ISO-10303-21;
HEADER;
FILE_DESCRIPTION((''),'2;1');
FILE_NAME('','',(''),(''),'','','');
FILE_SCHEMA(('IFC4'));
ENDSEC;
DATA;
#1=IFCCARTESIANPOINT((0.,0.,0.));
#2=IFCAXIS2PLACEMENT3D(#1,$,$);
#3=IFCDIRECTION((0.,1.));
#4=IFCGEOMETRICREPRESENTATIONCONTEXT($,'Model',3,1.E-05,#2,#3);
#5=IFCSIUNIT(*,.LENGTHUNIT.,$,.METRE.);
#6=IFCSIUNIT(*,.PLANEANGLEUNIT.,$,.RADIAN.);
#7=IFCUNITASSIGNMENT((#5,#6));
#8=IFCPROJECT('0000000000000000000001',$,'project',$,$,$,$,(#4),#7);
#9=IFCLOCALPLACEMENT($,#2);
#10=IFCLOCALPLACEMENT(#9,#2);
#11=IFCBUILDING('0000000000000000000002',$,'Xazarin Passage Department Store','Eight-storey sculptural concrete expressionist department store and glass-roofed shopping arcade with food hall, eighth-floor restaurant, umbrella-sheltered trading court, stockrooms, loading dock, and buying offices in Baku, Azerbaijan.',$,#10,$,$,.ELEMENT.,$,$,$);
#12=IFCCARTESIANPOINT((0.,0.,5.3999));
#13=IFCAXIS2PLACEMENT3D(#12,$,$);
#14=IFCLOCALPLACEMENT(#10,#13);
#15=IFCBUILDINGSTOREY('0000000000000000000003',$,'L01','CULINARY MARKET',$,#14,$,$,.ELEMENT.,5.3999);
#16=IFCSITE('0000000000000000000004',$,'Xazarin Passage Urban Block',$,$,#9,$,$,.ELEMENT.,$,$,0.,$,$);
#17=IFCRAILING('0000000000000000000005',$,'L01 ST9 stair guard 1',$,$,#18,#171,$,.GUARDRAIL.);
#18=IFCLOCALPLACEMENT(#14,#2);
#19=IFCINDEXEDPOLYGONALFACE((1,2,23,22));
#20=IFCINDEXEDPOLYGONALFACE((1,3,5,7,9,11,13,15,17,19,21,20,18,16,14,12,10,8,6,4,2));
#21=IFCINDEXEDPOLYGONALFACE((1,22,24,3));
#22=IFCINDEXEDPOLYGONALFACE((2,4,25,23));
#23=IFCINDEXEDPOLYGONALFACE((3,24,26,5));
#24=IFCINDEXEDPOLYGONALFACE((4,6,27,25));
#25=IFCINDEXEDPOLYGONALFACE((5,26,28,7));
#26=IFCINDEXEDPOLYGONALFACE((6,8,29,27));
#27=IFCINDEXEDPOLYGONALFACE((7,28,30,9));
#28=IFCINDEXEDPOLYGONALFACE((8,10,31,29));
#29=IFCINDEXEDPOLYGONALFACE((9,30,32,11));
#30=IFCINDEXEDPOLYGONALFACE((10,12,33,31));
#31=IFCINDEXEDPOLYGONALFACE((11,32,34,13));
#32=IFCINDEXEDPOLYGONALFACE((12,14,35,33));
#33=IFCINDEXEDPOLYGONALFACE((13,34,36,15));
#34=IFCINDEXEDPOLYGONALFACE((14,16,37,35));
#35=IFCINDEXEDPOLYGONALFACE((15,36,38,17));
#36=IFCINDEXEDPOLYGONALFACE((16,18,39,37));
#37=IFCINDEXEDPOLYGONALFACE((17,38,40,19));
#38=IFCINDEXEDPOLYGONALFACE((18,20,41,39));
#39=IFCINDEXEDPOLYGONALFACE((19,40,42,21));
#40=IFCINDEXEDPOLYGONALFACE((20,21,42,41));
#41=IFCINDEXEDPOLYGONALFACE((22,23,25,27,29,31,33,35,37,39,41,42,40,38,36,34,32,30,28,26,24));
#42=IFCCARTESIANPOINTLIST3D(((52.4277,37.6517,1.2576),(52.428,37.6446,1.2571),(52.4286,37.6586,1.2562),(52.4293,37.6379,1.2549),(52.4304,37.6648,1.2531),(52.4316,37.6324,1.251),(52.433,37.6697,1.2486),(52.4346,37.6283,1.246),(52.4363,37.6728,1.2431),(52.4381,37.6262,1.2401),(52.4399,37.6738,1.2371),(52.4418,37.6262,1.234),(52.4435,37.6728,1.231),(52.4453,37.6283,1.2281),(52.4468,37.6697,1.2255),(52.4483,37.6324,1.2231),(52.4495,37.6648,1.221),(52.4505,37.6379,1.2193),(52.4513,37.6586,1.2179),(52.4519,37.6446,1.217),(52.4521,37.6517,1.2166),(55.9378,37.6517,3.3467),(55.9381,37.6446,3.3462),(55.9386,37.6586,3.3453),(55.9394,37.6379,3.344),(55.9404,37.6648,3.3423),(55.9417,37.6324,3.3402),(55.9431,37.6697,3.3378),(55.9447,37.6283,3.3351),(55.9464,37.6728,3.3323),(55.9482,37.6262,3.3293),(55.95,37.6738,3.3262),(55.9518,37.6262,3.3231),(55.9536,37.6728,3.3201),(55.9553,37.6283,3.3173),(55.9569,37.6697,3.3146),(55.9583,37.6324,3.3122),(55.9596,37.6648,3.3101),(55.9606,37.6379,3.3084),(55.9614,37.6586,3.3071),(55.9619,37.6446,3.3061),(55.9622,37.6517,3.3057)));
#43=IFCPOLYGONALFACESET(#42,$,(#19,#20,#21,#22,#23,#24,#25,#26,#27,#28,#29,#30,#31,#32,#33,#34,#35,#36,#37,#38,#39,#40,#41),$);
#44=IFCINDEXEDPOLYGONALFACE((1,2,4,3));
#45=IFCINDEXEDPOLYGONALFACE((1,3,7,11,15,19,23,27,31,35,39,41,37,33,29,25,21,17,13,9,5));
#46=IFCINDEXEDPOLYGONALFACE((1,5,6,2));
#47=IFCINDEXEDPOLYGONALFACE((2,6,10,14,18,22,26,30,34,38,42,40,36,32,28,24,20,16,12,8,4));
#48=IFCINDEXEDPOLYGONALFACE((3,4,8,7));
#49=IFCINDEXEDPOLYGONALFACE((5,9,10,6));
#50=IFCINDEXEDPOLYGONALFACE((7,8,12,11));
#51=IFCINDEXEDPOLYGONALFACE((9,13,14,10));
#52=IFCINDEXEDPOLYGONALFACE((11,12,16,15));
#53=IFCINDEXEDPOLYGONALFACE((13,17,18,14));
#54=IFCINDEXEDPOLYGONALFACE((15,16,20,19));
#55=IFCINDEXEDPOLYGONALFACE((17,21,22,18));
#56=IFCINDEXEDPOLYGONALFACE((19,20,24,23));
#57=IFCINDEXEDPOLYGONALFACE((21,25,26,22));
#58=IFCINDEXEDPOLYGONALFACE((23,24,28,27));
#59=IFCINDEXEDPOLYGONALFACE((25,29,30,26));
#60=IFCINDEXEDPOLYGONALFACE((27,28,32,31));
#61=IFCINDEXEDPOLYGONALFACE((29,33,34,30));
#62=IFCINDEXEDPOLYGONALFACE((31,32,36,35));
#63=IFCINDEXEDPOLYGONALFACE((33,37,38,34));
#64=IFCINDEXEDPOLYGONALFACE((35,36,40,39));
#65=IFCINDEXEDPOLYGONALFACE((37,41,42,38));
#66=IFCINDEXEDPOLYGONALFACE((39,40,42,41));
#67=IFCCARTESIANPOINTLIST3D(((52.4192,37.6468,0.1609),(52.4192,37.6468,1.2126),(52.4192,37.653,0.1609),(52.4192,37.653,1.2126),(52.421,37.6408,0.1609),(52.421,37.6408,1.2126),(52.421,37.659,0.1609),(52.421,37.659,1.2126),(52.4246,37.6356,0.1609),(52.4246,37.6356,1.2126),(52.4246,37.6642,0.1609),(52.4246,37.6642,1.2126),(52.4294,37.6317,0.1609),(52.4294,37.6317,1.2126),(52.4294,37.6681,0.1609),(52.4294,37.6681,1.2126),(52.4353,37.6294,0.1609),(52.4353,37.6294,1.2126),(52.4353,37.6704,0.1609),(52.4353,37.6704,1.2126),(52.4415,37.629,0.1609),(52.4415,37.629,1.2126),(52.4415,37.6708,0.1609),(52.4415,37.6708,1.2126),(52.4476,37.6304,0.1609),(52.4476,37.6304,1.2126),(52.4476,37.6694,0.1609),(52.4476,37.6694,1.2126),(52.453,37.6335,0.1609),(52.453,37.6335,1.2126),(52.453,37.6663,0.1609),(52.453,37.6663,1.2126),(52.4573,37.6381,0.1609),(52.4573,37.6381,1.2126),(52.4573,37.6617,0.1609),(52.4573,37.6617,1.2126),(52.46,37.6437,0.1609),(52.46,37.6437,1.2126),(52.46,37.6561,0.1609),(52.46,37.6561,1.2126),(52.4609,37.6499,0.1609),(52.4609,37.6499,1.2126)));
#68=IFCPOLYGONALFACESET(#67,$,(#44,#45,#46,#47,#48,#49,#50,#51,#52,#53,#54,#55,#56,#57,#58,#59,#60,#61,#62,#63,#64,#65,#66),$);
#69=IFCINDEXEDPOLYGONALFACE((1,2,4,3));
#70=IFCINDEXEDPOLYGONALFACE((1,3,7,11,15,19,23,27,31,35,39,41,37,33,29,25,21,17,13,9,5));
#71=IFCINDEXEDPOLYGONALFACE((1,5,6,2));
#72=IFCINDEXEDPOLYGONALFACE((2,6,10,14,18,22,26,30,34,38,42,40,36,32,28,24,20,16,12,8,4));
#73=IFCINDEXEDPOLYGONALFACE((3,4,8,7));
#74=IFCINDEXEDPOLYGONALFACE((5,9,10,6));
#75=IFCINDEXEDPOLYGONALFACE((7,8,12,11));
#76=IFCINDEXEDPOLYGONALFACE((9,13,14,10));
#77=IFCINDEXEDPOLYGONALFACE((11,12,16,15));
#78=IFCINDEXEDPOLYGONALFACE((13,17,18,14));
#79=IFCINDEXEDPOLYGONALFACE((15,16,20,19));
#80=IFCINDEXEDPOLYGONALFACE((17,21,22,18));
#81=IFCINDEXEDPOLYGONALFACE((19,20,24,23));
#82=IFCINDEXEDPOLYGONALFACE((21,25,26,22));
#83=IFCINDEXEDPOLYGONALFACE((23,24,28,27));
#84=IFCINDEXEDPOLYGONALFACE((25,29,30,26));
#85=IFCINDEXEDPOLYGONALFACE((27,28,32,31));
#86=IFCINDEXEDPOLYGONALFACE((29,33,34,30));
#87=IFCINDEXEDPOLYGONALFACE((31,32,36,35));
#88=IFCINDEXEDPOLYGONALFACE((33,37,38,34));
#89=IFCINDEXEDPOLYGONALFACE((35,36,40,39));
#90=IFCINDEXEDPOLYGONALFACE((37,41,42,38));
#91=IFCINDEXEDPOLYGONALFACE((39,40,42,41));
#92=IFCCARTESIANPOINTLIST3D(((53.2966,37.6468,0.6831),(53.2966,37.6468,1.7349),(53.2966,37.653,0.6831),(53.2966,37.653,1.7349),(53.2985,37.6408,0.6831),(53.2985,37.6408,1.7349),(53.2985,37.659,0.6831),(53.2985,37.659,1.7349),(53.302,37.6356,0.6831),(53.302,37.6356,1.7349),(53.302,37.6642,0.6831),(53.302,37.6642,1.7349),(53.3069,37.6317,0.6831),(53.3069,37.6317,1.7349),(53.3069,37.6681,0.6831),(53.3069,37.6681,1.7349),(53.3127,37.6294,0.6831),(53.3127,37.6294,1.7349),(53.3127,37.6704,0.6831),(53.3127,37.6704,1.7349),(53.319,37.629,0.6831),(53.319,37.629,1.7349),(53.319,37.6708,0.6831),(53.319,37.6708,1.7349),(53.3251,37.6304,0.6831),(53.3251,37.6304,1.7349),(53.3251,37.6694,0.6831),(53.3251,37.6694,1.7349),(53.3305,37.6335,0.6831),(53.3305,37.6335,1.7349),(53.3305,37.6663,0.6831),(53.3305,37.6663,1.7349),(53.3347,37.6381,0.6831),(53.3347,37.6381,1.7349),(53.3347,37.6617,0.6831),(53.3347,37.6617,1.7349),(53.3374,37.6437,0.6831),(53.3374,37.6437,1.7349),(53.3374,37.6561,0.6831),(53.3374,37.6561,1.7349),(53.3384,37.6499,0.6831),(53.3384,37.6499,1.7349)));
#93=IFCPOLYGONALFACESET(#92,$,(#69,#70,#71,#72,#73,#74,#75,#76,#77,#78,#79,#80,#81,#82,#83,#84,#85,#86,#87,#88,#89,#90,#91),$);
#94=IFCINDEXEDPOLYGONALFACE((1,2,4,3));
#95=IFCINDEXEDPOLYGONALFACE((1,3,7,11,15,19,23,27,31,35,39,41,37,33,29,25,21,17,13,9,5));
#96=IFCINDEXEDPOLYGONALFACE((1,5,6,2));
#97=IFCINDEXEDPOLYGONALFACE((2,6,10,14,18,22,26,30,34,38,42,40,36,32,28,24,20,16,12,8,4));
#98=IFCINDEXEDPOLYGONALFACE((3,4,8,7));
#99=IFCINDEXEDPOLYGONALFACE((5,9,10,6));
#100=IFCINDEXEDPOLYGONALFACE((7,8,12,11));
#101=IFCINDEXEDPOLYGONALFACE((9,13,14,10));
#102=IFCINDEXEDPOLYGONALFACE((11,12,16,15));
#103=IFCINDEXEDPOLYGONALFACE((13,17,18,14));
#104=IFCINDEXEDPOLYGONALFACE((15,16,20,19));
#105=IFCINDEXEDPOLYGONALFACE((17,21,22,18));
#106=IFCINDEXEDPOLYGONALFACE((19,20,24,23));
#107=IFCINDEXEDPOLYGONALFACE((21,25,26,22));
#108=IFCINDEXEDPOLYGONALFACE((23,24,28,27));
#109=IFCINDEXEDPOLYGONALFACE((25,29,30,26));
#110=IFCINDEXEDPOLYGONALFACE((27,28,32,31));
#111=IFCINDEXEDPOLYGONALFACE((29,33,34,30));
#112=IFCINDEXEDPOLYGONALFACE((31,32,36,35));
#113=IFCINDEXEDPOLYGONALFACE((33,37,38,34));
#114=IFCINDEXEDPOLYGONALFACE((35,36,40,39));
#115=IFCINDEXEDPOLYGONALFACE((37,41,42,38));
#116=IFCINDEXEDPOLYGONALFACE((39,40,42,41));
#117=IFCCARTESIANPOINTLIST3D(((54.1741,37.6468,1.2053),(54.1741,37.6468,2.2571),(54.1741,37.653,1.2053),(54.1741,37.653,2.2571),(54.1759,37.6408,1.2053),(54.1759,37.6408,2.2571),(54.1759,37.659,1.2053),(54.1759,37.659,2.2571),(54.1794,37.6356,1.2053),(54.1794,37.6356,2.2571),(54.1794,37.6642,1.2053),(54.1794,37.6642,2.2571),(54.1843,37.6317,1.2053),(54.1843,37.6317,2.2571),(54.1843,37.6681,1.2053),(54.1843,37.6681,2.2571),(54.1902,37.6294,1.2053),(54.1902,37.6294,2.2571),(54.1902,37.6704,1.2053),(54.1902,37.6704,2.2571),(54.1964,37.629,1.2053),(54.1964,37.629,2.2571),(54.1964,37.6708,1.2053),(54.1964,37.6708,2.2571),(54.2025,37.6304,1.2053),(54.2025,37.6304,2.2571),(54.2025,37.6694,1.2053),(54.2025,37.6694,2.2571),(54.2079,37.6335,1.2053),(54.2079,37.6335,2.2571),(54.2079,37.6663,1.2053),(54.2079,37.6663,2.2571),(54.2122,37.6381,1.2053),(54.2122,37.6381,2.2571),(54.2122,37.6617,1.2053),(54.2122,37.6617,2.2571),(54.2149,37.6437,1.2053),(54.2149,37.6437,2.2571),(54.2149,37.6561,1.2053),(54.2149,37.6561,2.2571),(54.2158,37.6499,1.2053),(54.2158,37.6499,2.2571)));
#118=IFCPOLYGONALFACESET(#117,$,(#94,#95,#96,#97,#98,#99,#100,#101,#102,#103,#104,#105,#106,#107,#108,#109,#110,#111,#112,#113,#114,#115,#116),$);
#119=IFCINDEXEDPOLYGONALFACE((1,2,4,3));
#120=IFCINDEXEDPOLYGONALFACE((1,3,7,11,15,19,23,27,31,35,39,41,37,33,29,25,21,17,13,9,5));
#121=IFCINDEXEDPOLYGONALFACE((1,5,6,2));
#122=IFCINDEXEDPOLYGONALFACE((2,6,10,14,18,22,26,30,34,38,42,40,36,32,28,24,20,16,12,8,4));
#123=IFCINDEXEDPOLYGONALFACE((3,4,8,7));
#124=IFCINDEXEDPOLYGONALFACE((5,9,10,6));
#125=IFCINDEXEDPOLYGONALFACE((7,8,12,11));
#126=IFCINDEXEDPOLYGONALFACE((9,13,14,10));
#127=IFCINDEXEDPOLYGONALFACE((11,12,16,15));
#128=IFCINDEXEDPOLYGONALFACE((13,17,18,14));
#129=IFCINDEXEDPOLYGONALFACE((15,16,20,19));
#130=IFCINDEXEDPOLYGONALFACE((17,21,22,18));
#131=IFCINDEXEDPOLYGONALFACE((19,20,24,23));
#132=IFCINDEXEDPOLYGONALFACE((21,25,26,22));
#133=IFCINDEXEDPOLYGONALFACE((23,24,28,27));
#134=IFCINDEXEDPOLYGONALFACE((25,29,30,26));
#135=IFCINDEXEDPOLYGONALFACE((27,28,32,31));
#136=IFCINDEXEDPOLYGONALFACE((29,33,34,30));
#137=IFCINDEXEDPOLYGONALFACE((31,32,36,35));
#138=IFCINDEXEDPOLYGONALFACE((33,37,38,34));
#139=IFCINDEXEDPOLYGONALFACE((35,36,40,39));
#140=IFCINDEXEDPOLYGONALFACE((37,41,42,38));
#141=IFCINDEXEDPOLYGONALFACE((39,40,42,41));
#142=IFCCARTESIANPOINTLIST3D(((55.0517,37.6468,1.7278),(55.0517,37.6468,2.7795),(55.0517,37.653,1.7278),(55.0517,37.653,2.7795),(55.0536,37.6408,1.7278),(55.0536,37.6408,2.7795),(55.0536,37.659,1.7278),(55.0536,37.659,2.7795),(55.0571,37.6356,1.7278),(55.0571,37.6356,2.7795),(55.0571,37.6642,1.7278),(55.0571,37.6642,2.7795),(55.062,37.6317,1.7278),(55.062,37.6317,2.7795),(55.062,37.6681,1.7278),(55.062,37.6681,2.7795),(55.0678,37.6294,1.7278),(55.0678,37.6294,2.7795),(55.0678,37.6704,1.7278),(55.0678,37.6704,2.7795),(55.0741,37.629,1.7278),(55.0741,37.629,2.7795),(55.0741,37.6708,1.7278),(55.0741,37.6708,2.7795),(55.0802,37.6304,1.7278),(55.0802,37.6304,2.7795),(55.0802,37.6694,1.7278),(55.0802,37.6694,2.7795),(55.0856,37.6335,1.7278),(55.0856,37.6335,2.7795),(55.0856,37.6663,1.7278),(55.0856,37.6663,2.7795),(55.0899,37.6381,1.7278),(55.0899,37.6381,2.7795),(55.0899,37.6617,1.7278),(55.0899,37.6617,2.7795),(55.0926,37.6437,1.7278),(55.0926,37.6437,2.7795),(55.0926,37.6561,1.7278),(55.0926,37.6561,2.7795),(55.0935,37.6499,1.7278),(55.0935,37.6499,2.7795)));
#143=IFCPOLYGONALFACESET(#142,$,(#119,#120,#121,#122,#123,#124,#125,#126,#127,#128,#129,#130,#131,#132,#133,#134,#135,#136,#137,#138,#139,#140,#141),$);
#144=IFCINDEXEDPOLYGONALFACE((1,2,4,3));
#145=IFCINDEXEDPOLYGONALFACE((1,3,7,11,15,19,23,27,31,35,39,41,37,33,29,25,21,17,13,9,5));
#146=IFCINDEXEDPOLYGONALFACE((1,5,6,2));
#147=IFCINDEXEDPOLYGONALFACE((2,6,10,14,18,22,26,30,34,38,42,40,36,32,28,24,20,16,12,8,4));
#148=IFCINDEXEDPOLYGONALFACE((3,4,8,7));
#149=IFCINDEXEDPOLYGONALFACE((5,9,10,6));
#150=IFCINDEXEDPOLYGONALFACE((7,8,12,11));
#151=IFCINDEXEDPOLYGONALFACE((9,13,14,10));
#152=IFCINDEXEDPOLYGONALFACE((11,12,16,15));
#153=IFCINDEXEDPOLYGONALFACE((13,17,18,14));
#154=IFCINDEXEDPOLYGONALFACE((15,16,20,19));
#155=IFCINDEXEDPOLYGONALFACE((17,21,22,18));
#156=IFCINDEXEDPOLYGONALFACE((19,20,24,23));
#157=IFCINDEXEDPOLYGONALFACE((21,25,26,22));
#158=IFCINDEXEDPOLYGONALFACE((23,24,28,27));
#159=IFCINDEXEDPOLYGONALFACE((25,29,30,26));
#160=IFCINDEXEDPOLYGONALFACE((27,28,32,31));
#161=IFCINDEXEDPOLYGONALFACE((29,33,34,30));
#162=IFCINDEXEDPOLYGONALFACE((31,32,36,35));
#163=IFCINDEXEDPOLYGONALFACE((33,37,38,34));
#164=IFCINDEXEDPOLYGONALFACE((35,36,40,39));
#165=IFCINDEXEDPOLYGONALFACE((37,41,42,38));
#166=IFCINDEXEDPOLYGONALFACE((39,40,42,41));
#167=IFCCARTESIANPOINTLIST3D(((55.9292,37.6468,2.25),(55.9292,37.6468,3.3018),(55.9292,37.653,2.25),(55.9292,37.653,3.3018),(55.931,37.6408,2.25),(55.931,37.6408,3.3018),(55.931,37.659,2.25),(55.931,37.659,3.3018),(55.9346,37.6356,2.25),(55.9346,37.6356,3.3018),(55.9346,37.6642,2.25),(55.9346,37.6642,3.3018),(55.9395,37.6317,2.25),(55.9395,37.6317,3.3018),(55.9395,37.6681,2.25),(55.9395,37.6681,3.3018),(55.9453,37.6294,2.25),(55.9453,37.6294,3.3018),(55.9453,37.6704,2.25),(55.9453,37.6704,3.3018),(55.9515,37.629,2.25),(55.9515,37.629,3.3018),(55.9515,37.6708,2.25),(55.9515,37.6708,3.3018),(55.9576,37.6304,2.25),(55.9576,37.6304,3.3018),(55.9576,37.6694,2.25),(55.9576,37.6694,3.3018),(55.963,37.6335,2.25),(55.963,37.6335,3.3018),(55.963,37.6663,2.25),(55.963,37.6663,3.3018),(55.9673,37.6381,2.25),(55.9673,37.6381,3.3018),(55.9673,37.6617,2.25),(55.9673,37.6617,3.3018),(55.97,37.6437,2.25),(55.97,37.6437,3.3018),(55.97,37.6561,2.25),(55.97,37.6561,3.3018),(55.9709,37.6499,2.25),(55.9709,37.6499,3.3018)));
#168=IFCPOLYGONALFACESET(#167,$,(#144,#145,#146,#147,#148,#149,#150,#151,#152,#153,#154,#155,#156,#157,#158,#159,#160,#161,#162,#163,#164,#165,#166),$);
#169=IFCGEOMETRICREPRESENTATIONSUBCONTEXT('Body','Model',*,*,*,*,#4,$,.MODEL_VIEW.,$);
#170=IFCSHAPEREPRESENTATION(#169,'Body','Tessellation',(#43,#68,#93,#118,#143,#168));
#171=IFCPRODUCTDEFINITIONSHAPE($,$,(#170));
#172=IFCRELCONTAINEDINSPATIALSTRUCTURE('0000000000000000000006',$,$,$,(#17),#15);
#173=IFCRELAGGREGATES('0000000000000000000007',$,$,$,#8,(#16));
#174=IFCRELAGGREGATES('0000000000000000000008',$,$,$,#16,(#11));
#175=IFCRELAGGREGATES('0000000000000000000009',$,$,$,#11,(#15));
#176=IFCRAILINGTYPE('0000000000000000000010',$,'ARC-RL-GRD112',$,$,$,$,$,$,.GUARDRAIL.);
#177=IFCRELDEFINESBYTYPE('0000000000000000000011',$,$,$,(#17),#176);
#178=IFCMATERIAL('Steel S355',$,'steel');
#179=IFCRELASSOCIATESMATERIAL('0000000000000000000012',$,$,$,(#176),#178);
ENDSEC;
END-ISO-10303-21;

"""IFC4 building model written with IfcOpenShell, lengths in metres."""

from ifc_helpers import new_model, si_unit, direction, frame, origin, origin_2d, place, context, subcontext, project, spatial, circle, extrude, material, type_object, element, save


model = new_model("IFC4")

# Units and contexts
model_context = context("Model", 3, precision=1e-05, world=origin(), true_north=direction((0.0, 1.0)))
body_context = subcontext(model_context, "Body", "Model", "MODEL_VIEW")
ifc_project = project(units=[si_unit("LENGTHUNIT", "METRE"), si_unit("PLANEANGLEUNIT", "RADIAN")], contexts=[model_context])

# Site, building, storey
site_placement = place(None, origin())
site = spatial("IfcSite", under=ifc_project, at=site_placement, Name="Xazarin Passage Urban Block", CompositionType="ELEMENT", RefElevation=0.0)
building_placement = place(site_placement, origin())
building = spatial("IfcBuilding", under=site, at=building_placement, Name="Xazarin Passage Department Store", Description="Eight-storey sculptural concrete expressionist department store and glass-roofed shopping arcade with food hall, eighth-floor restaurant, umbrella-sheltered trading court, stockrooms, loading dock, and buying offices in Baku, Azerbaijan.", CompositionType="ELEMENT")
storey_placement = place(building_placement, frame((0.0, 0.0, 5.3999)))
storey = spatial("IfcBuildingStorey", under=building, at=storey_placement, Name="L01", Description="CULINARY MARKET", CompositionType="ELEMENT", Elevation=5.3999)

# Shared definitions
ifc_material_1 = material(Name="Steel S355", Category="steel")

# Railing
railing_type_1 = type_object("IfcRailingType", Name="ARC-RL-GRD112", PredefinedType="GUARDRAIL", material=ifc_material_1)
railing_1_placement = place(storey_placement, frame((52.4399, 37.6499, 0.1609)))
element("IfcRailing", 1, at=railing_1_placement, inside=storey, type_object=railing_type_1, Name="L01 ST9 stair guard 1", PredefinedType="GUARDRAIL", context=body_context, shape_type="SweptSolid", body=[
    extrude(circle(Radius=0.0239, at=origin_2d()), frame((0.0, 0.0, 1.0762), z_axis=(0.859312, 0.0, 0.511451), x_axis=(0.0, 1.0, 0.0)), (0.0, 0.0, 1.0), 4.0847),
    extrude(circle(Radius=0.021, at=origin_2d()), origin(), (0.0, 0.0, 1.0), 1.0518),
    extrude(circle(Radius=0.021, at=origin_2d()), frame((0.8774, 0.0, 0.5222)), (0.0, 0.0, 1.0), 1.0518),
    extrude(circle(Radius=0.021, at=origin_2d()), frame((1.7549, 0.0, 1.0444)), (0.0, 0.0, 1.0), 1.0518),
    extrude(circle(Radius=0.021, at=origin_2d()), frame((2.6326, 0.0, 1.5669)), (0.0, 0.0, 1.0), 1.0518),
    extrude(circle(Radius=0.021, at=origin_2d()), frame((3.51, 0.0, 2.0891)), (0.0, 0.0, 1.0), 1.0518),
])

save(model, "model.ifc")
